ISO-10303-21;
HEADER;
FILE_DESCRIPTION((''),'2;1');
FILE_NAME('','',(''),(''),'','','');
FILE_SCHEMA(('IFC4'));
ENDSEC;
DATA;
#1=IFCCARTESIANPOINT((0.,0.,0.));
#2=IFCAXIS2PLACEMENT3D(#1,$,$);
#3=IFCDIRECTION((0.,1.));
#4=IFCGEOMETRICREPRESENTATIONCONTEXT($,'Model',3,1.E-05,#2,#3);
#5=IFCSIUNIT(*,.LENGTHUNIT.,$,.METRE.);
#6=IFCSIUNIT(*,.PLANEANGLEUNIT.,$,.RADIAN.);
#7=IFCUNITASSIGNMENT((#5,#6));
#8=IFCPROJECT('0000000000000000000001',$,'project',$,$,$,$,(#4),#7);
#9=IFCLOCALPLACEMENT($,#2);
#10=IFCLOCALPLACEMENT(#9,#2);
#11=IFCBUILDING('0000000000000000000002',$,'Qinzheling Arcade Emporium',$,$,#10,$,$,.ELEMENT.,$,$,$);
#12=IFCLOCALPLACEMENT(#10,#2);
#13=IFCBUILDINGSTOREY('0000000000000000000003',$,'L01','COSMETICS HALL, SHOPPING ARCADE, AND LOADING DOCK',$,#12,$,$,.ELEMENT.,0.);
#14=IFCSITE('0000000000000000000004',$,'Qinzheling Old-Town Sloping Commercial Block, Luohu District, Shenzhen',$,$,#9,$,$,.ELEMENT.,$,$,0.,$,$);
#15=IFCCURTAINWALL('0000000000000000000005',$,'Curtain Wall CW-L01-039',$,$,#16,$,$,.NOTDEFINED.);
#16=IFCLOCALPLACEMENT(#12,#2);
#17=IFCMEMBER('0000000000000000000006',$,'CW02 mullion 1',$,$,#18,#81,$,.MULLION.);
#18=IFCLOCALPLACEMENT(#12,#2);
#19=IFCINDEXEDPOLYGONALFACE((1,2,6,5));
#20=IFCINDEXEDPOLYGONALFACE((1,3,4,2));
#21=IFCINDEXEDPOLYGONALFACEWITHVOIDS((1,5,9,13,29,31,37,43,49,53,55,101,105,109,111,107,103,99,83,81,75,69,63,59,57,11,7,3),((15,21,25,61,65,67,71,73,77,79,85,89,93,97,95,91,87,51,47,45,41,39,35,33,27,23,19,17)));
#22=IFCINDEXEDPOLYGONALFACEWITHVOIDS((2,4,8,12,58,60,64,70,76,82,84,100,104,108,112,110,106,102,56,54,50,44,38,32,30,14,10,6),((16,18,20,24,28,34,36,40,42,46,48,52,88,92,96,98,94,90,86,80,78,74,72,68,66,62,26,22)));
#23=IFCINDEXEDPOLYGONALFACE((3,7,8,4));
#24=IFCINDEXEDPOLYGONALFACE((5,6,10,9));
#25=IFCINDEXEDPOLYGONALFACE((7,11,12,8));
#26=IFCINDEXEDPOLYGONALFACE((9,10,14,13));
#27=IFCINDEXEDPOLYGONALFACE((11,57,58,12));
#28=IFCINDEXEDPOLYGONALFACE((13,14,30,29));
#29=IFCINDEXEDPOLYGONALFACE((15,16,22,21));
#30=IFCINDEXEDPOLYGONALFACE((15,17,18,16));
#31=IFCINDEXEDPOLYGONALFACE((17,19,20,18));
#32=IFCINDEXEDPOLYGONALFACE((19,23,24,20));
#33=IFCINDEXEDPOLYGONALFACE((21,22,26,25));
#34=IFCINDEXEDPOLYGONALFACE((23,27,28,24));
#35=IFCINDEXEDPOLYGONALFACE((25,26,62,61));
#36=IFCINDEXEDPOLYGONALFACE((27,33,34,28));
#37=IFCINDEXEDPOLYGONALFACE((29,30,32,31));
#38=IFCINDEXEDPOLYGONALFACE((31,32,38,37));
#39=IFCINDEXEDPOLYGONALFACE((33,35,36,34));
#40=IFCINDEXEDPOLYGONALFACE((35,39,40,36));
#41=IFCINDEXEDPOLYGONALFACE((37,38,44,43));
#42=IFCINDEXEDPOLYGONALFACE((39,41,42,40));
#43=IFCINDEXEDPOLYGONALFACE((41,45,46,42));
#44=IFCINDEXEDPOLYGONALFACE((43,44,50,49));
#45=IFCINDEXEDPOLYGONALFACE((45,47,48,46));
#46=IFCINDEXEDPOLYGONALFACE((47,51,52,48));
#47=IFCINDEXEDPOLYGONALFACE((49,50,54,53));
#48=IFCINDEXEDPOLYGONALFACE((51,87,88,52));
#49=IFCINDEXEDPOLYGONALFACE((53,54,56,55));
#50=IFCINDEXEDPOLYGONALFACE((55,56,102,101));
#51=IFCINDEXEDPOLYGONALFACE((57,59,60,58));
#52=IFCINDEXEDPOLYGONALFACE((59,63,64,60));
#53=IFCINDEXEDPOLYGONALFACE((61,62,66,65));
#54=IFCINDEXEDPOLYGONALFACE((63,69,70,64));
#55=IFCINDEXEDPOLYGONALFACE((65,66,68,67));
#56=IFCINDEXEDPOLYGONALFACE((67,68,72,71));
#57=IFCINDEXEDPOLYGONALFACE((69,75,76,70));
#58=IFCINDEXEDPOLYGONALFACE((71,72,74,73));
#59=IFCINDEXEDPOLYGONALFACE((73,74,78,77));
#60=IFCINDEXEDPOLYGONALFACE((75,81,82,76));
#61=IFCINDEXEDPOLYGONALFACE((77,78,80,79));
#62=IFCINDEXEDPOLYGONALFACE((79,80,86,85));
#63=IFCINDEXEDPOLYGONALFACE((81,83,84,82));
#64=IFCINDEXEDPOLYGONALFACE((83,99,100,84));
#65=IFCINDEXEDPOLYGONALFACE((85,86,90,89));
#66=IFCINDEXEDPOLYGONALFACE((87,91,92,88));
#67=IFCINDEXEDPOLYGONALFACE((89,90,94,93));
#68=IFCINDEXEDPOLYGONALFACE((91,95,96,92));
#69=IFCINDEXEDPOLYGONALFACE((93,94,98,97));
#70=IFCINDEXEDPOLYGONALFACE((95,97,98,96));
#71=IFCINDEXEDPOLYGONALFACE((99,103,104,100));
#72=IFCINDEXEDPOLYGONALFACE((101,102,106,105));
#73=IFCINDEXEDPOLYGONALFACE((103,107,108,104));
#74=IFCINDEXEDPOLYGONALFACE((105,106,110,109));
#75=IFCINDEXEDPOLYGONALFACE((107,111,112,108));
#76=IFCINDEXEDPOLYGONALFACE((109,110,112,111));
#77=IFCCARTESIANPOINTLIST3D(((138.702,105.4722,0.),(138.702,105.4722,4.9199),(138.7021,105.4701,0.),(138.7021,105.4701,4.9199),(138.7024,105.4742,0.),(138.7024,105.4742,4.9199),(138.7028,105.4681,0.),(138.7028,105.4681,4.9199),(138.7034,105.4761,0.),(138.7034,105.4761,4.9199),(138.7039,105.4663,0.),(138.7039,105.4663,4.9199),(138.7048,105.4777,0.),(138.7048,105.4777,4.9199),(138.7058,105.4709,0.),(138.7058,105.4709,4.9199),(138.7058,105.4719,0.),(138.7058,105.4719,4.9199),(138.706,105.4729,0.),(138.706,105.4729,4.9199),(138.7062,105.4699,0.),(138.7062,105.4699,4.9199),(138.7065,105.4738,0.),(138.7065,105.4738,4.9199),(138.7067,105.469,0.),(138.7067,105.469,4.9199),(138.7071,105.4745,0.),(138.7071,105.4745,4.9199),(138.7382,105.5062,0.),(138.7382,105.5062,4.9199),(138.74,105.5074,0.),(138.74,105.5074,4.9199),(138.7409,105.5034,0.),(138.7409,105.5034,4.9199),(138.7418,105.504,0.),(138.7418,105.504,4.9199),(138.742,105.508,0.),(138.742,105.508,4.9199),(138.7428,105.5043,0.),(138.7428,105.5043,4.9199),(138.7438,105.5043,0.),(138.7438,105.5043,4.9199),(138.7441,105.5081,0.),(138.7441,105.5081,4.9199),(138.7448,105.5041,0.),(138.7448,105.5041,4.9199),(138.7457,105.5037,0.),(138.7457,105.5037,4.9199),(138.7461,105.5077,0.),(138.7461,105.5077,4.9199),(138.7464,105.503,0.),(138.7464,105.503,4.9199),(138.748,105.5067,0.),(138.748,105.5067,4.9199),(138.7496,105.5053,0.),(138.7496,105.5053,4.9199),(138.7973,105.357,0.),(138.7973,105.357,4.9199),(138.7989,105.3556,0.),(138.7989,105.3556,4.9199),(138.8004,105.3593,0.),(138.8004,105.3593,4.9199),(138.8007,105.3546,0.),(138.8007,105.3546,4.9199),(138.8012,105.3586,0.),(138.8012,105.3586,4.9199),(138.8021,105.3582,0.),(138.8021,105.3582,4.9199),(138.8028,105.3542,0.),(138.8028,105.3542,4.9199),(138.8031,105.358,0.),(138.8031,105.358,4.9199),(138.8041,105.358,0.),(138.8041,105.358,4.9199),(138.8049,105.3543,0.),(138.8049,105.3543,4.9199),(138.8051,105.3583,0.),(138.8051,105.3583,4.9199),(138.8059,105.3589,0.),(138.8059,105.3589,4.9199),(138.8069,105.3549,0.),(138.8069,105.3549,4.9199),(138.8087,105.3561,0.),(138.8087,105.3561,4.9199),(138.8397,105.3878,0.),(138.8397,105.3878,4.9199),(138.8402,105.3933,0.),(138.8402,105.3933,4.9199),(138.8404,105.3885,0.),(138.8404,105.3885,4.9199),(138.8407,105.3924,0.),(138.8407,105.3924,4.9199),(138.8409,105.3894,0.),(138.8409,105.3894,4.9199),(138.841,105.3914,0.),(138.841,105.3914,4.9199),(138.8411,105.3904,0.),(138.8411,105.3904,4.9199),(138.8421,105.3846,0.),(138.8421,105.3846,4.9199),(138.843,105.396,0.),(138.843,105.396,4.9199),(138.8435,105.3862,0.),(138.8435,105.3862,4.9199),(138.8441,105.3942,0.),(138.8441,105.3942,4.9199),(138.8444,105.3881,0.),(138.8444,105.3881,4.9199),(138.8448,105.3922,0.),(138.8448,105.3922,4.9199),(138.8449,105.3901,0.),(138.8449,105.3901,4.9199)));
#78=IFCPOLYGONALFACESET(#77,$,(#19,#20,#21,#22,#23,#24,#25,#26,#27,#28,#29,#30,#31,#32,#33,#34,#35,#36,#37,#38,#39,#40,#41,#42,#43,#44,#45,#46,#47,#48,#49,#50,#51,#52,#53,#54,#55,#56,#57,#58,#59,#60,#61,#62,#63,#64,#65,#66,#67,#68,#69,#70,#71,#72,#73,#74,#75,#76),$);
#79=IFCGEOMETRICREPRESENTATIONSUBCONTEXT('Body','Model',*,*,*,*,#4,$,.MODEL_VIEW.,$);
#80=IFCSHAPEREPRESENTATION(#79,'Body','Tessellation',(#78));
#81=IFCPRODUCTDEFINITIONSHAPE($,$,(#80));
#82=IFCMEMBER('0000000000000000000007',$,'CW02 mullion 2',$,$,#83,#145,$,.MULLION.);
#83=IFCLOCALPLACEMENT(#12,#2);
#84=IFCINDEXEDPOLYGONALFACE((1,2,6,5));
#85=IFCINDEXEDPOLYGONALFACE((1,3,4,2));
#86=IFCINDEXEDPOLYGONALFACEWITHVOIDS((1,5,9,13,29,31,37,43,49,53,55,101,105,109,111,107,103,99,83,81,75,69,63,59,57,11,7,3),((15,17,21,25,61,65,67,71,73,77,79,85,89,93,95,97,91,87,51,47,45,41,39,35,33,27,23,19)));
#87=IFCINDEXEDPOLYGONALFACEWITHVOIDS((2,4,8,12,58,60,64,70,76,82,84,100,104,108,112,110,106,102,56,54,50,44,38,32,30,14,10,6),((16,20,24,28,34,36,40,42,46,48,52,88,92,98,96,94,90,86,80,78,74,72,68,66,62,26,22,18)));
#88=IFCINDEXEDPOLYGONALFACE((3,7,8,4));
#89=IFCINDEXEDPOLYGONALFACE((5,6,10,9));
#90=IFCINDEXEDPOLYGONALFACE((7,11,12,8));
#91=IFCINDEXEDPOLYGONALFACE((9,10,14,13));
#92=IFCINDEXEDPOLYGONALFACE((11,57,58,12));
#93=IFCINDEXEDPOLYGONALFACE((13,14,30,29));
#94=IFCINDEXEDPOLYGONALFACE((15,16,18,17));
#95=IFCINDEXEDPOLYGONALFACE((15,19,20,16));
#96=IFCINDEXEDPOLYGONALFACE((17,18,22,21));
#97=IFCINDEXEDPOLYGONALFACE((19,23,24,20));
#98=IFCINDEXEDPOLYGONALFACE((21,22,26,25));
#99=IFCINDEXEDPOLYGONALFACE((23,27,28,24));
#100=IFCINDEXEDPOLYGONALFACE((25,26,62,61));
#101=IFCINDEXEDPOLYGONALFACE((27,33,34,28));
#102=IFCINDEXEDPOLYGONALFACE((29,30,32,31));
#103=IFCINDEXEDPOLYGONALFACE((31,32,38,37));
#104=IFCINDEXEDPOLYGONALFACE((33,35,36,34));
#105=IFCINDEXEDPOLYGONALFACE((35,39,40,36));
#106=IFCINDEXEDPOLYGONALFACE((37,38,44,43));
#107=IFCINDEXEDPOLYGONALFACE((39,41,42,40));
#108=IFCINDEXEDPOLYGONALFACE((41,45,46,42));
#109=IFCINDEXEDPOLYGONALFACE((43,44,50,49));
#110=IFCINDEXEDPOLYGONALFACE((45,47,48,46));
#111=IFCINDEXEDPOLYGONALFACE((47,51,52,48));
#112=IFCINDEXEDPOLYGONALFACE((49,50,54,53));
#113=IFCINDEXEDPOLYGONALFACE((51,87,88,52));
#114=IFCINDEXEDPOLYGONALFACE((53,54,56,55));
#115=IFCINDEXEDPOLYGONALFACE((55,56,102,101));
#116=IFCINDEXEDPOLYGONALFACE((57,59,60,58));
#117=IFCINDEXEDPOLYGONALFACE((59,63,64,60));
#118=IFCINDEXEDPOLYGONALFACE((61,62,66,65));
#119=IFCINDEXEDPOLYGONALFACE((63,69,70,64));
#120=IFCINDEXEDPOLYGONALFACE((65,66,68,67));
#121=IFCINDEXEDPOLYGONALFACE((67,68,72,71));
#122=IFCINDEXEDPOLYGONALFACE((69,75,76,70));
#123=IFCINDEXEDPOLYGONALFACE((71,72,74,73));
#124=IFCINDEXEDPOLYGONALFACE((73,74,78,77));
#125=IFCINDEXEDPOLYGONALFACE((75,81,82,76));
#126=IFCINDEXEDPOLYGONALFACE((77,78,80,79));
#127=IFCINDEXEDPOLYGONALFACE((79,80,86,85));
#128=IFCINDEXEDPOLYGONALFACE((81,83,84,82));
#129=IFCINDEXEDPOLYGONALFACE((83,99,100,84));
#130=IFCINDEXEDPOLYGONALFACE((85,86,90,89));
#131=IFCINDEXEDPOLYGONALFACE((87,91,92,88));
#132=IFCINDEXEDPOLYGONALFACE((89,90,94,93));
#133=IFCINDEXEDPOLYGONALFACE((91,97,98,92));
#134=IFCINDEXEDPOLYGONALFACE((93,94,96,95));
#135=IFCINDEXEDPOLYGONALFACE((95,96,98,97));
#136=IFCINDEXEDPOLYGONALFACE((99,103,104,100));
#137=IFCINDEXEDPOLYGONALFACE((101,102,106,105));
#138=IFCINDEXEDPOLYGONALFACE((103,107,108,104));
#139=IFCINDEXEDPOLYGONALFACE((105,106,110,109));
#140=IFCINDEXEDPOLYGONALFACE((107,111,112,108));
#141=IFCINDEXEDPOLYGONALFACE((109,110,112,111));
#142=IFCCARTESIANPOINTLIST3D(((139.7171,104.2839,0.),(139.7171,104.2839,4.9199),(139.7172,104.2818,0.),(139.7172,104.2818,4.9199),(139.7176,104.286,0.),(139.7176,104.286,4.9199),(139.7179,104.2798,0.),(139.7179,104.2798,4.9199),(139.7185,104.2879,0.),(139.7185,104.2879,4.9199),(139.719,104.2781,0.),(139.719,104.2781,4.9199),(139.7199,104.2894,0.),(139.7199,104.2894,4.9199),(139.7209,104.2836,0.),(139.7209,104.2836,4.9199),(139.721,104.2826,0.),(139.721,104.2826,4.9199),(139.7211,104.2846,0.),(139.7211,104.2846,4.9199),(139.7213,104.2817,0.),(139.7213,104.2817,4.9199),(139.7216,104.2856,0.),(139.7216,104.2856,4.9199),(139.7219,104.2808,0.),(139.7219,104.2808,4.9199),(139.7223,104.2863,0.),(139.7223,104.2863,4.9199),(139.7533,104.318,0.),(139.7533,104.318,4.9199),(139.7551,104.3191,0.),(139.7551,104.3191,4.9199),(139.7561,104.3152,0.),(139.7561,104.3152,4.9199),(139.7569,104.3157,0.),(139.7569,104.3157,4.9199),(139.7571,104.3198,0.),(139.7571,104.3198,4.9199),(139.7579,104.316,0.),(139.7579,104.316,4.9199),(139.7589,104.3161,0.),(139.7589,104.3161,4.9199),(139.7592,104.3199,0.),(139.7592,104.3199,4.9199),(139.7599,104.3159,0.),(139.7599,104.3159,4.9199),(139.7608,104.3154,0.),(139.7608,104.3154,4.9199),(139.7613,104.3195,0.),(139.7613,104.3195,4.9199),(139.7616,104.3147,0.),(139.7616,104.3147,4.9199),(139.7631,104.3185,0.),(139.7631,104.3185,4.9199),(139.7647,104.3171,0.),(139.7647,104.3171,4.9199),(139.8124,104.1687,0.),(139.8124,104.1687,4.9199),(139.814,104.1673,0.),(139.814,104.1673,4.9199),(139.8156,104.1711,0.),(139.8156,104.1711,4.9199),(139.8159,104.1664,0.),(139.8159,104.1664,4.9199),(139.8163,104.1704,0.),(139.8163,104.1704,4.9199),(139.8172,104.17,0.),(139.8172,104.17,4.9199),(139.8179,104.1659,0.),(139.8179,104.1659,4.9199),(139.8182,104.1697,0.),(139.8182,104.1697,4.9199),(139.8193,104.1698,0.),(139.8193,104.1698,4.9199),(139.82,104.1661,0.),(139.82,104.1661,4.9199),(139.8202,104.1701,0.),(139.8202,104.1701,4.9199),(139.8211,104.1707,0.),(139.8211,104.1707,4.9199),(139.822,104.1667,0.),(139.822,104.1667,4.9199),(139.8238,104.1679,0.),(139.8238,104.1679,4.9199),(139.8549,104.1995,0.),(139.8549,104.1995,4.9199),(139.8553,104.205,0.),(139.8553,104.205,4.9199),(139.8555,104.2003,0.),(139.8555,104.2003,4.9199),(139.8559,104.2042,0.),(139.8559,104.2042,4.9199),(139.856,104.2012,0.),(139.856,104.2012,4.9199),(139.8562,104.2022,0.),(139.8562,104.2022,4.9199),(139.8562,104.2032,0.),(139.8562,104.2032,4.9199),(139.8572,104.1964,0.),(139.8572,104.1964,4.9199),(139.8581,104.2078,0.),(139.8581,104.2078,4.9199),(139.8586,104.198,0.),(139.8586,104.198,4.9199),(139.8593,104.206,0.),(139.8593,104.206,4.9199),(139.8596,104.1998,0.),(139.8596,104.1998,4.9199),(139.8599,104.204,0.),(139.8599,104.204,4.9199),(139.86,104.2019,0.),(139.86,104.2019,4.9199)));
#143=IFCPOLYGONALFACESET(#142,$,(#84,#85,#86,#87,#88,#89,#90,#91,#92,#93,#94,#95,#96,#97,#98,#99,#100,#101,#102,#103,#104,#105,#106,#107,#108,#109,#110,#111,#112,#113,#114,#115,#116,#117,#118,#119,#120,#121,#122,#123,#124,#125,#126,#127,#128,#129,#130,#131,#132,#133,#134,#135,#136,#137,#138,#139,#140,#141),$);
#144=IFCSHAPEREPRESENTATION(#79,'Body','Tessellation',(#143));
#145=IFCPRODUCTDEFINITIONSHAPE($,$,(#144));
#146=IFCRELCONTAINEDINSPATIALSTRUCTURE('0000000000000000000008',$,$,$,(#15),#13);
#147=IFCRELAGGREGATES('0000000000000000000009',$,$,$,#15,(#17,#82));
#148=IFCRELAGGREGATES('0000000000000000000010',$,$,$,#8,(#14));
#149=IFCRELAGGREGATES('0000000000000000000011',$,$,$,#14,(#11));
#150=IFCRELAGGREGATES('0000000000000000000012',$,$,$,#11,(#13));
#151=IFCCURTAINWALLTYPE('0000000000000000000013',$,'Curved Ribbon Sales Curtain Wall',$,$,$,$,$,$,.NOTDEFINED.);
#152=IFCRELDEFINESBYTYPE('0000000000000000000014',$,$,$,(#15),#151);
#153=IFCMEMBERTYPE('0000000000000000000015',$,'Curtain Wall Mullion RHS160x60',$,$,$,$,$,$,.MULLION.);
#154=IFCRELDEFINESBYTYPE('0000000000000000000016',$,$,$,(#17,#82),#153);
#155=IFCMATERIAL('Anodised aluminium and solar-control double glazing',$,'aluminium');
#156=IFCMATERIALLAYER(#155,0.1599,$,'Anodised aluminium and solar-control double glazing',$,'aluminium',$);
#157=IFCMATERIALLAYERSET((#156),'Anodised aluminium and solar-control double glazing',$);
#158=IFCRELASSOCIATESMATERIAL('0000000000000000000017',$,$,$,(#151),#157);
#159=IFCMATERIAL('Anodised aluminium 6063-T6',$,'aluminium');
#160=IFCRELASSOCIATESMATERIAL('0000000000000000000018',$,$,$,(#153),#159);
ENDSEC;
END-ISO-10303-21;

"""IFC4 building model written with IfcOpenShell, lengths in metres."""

from ifc_helpers import new_model, si_unit, direction, frame, origin, origin_2d, place, context, subcontext, project, spatial, hollow_rectangle, extrude, material, layer, layer_set, material_profile, profile_set, type_object, element, aggregate, save


model = new_model("IFC4")

# Units and contexts
model_context = context("Model", 3, precision=1e-05, world=origin(), true_north=direction((0.0, 1.0)))
body_context = subcontext(model_context, "Body", "Model", "MODEL_VIEW")
ifc_project = project(units=[si_unit("LENGTHUNIT", "METRE"), si_unit("PLANEANGLEUNIT", "RADIAN")], contexts=[model_context])

# Site, building, storey
site_placement = place(None, origin())
site = spatial("IfcSite", under=ifc_project, at=site_placement, Name="Qinzheling Old-Town Sloping Commercial Block, Luohu District, Shenzhen", CompositionType="ELEMENT", RefElevation=0.0)
building_placement = place(site_placement, origin())
building = spatial("IfcBuilding", under=site, at=building_placement, Name="Qinzheling Arcade Emporium", CompositionType="ELEMENT")
storey_placement = place(building_placement, origin())
storey = spatial("IfcBuildingStorey", under=building, at=storey_placement, Name="L01", Description="COSMETICS HALL, SHOPPING ARCADE, AND LOADING DOCK", CompositionType="ELEMENT", Elevation=0.0)

# Curtain wall, members
ifc_material_1 = material(Name="Anodised aluminium and solar-control double glazing", Category="aluminium")
ifc_layer_1 = layer(ifc_material_1, 0.1599, Name="Anodised aluminium and solar-control double glazing", Category="aluminium")
ifc_layer_set_1 = layer_set([ifc_layer_1], Name="Anodised aluminium and solar-control double glazing")
curtain_wall_type = type_object("IfcCurtainWallType", Name="Curved Ribbon Sales Curtain Wall", PredefinedType="NOTDEFINED", material=ifc_layer_set_1)
ifc_material_2 = material(Name="Anodised aluminium 6063-T6", Category="aluminium")
ifc_material_profile_1 = material_profile(ifc_material_2, hollow_rectangle(XDim=0.0601, YDim=0.1599, WallThickness=0.0039, InnerFilletRadius=0.0039, OuterFilletRadius=0.0081, at=origin_2d()), Name="RHS 160x60x4", Category="aluminium")
ifc_profile_set_1 = profile_set([ifc_material_profile_1], Name="Anodised aluminium 6063-T6")
member_type_1 = type_object("IfcMemberType", Name="Curtain Wall Mullion RHS160x60", PredefinedType="MULLION", material=ifc_profile_set_1)
curtain_wall_1_placement = place(storey_placement, origin())
curtain_wall_1 = element("IfcCurtainWall", 1, at=curtain_wall_1_placement, inside=storey, type_object=curtain_wall_type, Name="Curtain Wall CW-L01-039", PredefinedType="NOTDEFINED")
member_1_placement = place(storey_placement, frame((138.7734, 105.4312, 0.0), z_axis=(0.0, 0.0, 1.0), x_axis=(0.760341, 0.649524, 0.0)))
member_1 = element("IfcMember", 2, at=member_1_placement, type_object=member_type_1, Name="CW02 mullion 1", PredefinedType="MULLION", context=body_context, shape_type="SweptSolid", body=[
    extrude(hollow_rectangle(XDim=0.0601, YDim=0.1599, WallThickness=0.0039, InnerFilletRadius=0.0039, OuterFilletRadius=0.0081, at=origin_2d()), origin(), (0.0, 0.0, 1.0), 4.9199),
])
member_2_placement = place(storey_placement, frame((139.7886, 104.2429, 0.0), z_axis=(0.0, 0.0, 1.0), x_axis=(0.760341, 0.649524, 0.0)))
member_2 = element("IfcMember", 3, at=member_2_placement, type_object=member_type_1, Name="CW02 mullion 2", PredefinedType="MULLION", context=body_context, shape_type="SweptSolid", body=[
    extrude(hollow_rectangle(XDim=0.0601, YDim=0.1599, WallThickness=0.0039, InnerFilletRadius=0.0039, OuterFilletRadius=0.0081, at=origin_2d()), origin(), (0.0, 0.0, 1.0), 4.9199),
])

aggregate(curtain_wall_1, [member_1, member_2])

save(model, "model.ifc")
